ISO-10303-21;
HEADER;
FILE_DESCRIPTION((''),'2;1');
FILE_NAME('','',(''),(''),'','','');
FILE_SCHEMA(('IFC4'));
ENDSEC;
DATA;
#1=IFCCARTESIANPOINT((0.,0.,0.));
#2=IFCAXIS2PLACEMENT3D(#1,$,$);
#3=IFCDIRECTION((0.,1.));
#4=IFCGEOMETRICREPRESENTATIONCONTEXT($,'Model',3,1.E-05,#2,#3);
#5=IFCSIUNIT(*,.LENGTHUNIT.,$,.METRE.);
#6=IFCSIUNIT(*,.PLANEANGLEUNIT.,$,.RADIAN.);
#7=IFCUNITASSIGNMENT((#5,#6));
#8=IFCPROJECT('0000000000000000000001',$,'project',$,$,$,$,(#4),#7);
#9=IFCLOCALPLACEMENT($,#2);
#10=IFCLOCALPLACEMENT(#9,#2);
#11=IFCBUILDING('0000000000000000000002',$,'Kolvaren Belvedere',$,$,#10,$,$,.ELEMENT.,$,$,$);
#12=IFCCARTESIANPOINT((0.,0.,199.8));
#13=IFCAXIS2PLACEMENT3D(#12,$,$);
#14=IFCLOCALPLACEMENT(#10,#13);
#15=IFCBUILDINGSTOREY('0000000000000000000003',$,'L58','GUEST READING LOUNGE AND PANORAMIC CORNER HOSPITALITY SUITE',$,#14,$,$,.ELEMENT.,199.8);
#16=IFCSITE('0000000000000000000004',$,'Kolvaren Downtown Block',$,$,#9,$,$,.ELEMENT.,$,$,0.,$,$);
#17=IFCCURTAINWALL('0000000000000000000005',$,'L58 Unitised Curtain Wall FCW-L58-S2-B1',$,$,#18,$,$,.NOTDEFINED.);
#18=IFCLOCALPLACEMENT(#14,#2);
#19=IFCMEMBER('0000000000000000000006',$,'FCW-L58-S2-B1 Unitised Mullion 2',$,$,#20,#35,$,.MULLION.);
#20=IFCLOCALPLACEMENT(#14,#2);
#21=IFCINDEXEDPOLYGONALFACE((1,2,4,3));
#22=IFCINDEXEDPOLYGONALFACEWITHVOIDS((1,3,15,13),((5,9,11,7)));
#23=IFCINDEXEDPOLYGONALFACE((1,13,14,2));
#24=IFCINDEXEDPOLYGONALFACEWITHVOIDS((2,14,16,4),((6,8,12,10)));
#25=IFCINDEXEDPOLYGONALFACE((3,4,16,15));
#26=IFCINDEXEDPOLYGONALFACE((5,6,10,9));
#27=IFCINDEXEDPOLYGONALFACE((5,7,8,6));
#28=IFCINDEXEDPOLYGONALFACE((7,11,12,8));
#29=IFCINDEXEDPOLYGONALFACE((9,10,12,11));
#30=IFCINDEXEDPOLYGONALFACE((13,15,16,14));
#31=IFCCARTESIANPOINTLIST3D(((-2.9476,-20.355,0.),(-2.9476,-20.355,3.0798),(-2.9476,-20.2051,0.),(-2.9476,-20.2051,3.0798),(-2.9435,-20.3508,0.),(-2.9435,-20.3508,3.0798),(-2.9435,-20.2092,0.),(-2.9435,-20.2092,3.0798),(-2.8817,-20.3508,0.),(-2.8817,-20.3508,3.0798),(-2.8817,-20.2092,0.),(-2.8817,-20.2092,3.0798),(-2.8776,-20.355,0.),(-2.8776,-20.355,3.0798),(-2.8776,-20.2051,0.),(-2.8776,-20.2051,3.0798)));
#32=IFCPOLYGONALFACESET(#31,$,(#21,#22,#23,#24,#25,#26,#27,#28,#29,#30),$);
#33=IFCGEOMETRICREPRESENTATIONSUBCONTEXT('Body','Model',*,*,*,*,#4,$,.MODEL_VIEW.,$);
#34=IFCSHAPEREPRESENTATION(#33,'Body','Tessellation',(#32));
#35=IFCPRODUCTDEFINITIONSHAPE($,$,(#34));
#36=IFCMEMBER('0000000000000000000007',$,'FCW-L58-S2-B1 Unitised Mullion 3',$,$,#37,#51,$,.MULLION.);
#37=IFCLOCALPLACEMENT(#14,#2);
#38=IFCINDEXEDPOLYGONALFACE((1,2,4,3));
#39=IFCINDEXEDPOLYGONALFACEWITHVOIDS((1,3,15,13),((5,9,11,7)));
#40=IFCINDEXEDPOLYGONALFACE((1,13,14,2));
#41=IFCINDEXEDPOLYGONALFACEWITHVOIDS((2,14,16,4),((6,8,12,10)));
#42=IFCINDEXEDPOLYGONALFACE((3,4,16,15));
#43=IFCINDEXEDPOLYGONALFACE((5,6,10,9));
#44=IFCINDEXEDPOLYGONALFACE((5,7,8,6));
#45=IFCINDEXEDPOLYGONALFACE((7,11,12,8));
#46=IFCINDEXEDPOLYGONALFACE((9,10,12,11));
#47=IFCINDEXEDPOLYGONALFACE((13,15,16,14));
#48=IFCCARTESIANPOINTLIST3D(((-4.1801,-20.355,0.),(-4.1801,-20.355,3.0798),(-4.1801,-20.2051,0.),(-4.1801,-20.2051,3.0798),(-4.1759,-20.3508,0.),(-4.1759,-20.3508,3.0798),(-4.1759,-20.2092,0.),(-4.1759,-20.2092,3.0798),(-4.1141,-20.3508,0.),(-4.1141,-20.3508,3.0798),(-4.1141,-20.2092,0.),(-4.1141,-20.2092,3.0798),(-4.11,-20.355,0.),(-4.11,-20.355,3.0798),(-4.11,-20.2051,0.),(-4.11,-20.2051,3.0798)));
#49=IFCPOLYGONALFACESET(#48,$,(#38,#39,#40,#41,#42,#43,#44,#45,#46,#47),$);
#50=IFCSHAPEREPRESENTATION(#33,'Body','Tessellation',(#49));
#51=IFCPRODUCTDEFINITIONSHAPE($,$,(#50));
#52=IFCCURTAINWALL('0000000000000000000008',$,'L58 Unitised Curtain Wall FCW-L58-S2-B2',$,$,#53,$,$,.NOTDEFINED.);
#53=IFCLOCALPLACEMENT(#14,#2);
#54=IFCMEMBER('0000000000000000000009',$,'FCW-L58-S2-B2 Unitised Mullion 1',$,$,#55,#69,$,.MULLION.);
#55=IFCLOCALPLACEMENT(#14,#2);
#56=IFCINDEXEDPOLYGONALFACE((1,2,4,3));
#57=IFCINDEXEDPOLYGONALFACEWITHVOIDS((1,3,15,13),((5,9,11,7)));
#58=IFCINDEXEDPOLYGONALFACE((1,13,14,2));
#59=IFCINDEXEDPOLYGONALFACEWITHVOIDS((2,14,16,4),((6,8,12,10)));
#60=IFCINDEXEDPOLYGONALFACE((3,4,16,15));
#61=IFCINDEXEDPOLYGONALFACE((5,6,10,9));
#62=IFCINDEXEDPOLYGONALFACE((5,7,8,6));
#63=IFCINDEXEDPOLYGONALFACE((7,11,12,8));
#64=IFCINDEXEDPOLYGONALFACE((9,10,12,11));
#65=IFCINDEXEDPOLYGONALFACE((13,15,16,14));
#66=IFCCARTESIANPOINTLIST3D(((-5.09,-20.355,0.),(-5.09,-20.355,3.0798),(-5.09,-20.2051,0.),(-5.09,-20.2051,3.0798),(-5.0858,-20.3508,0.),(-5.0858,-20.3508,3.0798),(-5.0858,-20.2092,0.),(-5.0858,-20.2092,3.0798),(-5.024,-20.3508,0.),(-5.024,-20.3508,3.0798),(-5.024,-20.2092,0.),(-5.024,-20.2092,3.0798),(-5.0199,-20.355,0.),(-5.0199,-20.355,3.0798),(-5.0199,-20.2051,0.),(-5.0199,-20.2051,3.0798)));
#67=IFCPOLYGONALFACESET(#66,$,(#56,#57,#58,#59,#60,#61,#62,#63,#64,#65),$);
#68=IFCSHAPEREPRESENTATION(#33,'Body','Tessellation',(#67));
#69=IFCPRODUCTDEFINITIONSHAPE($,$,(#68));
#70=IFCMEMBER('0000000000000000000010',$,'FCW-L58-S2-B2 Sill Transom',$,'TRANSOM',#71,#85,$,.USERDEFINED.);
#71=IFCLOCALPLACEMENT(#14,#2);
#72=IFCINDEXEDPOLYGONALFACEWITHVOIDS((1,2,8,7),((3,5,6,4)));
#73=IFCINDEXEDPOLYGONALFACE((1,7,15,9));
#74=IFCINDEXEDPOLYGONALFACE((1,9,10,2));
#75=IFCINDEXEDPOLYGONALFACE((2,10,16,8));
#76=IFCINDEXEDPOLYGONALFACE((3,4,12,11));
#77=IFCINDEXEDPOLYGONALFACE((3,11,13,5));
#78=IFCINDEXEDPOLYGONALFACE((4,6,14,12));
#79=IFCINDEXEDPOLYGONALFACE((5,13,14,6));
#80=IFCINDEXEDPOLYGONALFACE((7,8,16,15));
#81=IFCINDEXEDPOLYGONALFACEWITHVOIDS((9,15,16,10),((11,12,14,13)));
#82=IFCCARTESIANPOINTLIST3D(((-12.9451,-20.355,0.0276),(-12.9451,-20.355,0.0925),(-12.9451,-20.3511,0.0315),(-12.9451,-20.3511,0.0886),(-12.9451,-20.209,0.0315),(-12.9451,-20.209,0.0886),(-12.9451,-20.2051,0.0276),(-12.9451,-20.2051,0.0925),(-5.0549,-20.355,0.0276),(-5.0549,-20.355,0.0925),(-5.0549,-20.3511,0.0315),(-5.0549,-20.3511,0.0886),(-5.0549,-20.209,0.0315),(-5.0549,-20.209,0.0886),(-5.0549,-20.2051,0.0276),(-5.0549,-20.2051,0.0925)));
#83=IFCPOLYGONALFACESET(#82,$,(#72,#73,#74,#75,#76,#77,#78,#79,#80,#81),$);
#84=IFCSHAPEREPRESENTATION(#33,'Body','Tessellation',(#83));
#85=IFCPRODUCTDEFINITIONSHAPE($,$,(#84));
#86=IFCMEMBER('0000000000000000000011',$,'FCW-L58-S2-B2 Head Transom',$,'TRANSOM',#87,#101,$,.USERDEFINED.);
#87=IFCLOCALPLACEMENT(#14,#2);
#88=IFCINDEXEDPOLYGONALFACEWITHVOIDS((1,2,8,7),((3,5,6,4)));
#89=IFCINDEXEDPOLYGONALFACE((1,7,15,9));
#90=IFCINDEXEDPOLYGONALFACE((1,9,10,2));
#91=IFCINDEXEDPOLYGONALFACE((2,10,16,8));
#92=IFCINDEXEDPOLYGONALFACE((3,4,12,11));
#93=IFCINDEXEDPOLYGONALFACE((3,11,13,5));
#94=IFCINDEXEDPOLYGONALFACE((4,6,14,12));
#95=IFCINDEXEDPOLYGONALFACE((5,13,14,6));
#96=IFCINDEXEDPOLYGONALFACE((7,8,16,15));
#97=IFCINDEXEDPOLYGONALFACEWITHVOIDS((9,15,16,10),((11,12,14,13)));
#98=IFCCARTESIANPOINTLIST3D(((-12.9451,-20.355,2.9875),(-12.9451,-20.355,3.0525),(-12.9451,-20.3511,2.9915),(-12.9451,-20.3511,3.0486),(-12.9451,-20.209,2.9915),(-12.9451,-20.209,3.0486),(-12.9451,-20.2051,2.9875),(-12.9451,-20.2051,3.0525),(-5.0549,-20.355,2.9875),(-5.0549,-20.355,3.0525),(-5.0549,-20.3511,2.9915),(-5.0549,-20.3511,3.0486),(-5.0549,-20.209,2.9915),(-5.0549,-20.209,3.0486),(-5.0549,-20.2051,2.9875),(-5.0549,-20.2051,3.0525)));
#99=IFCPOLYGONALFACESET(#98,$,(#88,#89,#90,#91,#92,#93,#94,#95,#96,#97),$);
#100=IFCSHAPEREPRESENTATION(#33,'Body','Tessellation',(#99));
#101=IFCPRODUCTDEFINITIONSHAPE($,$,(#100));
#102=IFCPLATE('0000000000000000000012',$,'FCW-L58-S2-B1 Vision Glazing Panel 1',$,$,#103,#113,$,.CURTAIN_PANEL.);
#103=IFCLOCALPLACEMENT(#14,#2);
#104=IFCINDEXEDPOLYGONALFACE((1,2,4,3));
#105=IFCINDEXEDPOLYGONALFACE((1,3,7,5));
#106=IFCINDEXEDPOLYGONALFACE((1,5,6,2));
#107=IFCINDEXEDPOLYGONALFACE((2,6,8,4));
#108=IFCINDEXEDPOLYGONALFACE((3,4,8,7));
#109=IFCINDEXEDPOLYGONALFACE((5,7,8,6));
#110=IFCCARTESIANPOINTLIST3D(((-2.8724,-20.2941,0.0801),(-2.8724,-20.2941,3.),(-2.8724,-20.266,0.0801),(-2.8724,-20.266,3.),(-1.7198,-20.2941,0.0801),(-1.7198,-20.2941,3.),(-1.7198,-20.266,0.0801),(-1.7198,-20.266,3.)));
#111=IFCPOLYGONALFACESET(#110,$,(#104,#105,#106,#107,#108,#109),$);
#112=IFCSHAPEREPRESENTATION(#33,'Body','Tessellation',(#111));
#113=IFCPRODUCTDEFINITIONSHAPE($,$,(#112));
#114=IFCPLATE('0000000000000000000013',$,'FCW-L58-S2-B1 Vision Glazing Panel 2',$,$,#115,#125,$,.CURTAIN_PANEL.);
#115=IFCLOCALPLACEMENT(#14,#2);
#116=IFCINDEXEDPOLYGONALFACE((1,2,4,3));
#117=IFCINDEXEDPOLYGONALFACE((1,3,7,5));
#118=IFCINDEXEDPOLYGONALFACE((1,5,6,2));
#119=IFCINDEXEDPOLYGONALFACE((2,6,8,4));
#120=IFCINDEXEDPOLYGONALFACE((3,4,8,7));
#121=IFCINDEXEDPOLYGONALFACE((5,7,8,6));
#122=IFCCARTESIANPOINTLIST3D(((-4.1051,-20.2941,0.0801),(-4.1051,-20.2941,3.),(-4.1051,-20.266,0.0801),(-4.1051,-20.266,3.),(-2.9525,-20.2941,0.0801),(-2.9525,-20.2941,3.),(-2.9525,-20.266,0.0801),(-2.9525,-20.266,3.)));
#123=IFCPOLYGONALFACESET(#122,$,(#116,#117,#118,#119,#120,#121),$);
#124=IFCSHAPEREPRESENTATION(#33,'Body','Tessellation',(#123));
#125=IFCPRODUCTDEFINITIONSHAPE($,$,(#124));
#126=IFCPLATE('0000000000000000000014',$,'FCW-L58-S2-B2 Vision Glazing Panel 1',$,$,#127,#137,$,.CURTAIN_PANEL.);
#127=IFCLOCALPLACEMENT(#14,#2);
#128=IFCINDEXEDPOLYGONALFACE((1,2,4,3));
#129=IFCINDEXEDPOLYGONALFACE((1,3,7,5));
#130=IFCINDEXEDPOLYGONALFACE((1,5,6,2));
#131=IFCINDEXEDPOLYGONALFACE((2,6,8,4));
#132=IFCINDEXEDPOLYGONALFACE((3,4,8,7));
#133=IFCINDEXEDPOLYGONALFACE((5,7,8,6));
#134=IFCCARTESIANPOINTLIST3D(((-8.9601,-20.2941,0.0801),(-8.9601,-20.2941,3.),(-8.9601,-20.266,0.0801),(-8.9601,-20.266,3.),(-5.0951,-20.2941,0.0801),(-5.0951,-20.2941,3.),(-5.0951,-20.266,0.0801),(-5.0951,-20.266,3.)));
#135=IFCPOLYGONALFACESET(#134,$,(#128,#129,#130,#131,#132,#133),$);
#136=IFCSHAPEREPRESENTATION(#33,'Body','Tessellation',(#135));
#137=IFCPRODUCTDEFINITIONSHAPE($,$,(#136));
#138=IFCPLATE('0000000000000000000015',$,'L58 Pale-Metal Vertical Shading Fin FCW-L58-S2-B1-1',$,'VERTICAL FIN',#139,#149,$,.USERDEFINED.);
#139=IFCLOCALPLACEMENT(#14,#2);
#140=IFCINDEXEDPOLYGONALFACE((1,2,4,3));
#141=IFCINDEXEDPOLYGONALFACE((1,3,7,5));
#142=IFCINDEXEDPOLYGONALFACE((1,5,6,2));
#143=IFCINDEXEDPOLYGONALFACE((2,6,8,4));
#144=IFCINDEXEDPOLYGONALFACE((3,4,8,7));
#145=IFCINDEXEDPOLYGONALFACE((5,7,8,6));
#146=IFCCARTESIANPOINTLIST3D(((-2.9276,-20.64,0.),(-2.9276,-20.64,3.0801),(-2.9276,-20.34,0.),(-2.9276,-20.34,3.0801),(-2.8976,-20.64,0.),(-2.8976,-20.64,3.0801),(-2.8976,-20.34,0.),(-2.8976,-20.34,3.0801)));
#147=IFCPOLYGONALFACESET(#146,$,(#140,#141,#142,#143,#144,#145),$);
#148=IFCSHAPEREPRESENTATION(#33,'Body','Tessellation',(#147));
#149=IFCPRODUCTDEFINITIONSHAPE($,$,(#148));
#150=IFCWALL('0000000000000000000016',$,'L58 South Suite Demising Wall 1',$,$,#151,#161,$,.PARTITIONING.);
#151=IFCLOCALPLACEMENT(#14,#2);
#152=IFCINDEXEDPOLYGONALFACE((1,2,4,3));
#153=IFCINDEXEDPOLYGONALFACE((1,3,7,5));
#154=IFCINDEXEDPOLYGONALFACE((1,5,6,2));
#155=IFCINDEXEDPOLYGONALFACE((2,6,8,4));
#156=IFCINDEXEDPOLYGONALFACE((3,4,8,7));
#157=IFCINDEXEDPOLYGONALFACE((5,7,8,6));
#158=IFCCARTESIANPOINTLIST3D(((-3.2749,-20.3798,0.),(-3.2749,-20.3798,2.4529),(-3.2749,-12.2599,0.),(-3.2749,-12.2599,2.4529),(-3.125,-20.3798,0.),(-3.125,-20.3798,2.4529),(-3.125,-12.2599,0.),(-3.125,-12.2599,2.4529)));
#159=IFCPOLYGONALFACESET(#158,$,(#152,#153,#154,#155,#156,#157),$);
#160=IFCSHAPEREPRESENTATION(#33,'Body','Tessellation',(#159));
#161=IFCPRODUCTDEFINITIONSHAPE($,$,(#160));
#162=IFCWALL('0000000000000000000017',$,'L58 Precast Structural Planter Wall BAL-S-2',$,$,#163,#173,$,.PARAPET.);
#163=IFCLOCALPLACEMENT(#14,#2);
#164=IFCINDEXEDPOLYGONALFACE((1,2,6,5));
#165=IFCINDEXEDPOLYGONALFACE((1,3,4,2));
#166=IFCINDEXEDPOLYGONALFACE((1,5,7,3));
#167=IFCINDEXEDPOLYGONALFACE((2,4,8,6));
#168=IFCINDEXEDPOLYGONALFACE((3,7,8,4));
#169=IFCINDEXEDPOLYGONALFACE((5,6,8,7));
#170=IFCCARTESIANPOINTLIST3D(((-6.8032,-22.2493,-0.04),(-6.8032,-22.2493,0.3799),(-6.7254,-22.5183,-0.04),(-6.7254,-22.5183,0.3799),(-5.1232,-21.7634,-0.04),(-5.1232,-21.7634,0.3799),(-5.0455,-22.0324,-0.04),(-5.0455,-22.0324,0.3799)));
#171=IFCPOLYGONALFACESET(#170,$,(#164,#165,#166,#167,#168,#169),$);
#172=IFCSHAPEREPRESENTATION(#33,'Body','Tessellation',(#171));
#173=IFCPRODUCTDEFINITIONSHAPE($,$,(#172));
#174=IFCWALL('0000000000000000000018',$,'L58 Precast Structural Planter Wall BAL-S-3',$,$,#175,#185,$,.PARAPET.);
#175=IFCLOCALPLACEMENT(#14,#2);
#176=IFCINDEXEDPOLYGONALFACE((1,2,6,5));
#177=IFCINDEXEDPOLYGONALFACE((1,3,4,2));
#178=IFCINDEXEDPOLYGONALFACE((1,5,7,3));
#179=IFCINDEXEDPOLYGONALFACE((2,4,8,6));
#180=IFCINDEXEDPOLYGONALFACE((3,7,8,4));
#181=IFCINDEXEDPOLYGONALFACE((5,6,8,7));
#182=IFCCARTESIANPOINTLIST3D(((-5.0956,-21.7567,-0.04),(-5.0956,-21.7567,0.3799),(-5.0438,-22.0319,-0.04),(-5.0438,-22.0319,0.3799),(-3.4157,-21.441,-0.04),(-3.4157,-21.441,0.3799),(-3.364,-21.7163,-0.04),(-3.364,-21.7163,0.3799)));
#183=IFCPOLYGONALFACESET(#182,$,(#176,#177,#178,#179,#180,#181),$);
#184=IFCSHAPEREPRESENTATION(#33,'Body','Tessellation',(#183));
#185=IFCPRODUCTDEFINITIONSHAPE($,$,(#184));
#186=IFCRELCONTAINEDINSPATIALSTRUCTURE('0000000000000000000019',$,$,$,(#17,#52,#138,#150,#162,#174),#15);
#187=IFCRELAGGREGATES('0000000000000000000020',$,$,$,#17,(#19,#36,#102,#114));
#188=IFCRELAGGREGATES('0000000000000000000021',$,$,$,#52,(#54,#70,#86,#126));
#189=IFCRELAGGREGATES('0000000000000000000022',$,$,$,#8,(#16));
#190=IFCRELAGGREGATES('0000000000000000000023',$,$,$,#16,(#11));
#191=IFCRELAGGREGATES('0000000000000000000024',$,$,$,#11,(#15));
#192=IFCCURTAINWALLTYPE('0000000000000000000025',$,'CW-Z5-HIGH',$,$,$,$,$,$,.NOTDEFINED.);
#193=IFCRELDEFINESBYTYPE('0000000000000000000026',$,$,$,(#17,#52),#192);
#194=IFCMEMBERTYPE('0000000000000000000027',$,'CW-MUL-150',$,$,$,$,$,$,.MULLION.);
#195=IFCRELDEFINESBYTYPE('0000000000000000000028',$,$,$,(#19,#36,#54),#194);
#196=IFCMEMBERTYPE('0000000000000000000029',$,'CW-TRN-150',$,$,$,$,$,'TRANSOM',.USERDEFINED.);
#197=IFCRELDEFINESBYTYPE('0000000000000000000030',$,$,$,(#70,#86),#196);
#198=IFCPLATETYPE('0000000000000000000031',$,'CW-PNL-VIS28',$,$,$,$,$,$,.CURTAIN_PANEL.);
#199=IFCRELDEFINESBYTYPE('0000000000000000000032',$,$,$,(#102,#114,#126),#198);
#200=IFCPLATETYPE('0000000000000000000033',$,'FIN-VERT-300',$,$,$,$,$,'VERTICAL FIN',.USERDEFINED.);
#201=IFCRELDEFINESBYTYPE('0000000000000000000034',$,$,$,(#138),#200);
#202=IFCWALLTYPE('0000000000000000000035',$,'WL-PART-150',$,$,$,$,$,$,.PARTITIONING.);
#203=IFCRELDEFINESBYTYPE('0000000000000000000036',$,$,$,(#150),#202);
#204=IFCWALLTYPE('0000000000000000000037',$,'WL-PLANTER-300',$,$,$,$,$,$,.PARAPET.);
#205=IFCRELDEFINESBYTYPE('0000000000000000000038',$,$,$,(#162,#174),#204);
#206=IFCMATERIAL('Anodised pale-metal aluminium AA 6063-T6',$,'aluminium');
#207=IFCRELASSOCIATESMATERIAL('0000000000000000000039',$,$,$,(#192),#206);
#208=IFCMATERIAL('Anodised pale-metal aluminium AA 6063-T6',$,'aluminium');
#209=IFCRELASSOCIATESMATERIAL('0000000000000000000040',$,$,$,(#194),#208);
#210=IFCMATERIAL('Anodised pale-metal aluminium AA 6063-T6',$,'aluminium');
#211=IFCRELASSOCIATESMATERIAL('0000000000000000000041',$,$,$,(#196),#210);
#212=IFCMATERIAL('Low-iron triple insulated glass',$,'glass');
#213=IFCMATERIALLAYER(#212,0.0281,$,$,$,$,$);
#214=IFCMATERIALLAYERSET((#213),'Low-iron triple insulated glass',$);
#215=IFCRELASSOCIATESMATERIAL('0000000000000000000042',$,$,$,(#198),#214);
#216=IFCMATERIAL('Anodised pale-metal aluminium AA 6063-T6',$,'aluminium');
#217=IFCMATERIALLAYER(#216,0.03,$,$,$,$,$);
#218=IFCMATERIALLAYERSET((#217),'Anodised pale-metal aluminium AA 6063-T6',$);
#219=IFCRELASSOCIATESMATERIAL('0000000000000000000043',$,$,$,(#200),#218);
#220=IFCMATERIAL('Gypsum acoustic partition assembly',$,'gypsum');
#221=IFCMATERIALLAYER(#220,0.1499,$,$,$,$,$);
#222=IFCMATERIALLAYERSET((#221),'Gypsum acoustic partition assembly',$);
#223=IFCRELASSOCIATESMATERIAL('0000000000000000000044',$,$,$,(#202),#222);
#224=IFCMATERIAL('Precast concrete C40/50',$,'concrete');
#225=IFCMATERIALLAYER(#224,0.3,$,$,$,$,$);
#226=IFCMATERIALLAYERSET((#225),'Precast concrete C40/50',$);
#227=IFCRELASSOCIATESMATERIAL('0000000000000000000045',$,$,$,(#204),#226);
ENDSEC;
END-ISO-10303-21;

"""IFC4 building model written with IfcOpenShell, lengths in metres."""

from ifc_helpers import new_model, si_unit, direction, frame, frame_2d, origin, origin_2d, place, context, subcontext, project, spatial, rectangle, hollow_rectangle, extrude, material, layer, layer_set, material_profile, profile_set, type_object, element, aggregate, save


model = new_model("IFC4")

# Units and contexts
model_context = context("Model", 3, precision=1e-05, world=origin(), true_north=direction((0.0, 1.0)))
body_context = subcontext(model_context, "Body", "Model", "MODEL_VIEW")
ifc_project = project(units=[si_unit("LENGTHUNIT", "METRE"), si_unit("PLANEANGLEUNIT", "RADIAN")], contexts=[model_context])

# Site, building, storey
site_placement = place(None, origin())
site = spatial("IfcSite", under=ifc_project, at=site_placement, Name="Kolvaren Downtown Block", CompositionType="ELEMENT", RefElevation=0.0)
building_placement = place(site_placement, origin())
building = spatial("IfcBuilding", under=site, at=building_placement, Name="Kolvaren Belvedere", CompositionType="ELEMENT")
storey_placement = place(building_placement, frame((0.0, 0.0, 199.8)))
storey = spatial("IfcBuildingStorey", under=building, at=storey_placement, Name="L58", Description="GUEST READING LOUNGE AND PANORAMIC CORNER HOSPITALITY SUITE", CompositionType="ELEMENT", Elevation=199.8)

# Curtain walls, members
ifc_material_1 = material(Name="Anodised pale-metal aluminium AA 6063-T6", Category="aluminium")
curtain_wall_type = type_object("IfcCurtainWallType", Name="CW-Z5-HIGH", PredefinedType="NOTDEFINED", material=ifc_material_1)
curtain_wall_1_placement = place(storey_placement, origin())
curtain_wall_1 = element("IfcCurtainWall", 1, at=curtain_wall_1_placement, inside=storey, type_object=curtain_wall_type, Name="L58 Unitised Curtain Wall FCW-L58-S2-B1", PredefinedType="NOTDEFINED")
ifc_material_2 = material(Name="Anodised pale-metal aluminium AA 6063-T6", Category="aluminium")
ifc_material_profile_1 = material_profile(ifc_material_2, hollow_rectangle(XDim=0.0701, YDim=0.1499, WallThickness=0.0042, at=origin_2d()), Name="ALU-MUL-150X70")
ifc_profile_set_1 = profile_set([ifc_material_profile_1], Name="Anodised pale-metal aluminium AA 6063-T6")
member_type_1 = type_object("IfcMemberType", Name="CW-MUL-150", PredefinedType="MULLION", material=ifc_profile_set_1)
member_1_placement = place(storey_placement, frame((-2.9126, -20.28, 0.0), z_axis=(0.0, 0.0, 1.0), x_axis=(1.0, 0.0, 0.0)))
member_1 = element("IfcMember", 2, at=member_1_placement, type_object=member_type_1, Name="FCW-L58-S2-B1 Unitised Mullion 2", PredefinedType="MULLION", context=body_context, shape_type="SweptSolid", body=[
    extrude(hollow_rectangle(XDim=0.0701, YDim=0.1499, WallThickness=0.0042, at=origin_2d()), origin(), (0.0, 0.0, 1.0), 3.0798),
])
member_2_placement = place(storey_placement, frame((-4.145, -20.28, 0.0), z_axis=(0.0, 0.0, 1.0), x_axis=(1.0, 0.0, 0.0)))
member_2 = element("IfcMember", 3, at=member_2_placement, type_object=member_type_1, Name="FCW-L58-S2-B1 Unitised Mullion 3", PredefinedType="MULLION", context=body_context, shape_type="SweptSolid", body=[
    extrude(hollow_rectangle(XDim=0.0701, YDim=0.1499, WallThickness=0.0042, at=origin_2d()), origin(), (0.0, 0.0, 1.0), 3.0798),
])
curtain_wall_2_placement = place(storey_placement, origin())
curtain_wall_2 = element("IfcCurtainWall", 4, at=curtain_wall_2_placement, inside=storey, type_object=curtain_wall_type, Name="L58 Unitised Curtain Wall FCW-L58-S2-B2", PredefinedType="NOTDEFINED")
member_3_placement = place(storey_placement, frame((-5.0549, -20.28, 0.0), z_axis=(0.0, 0.0, 1.0), x_axis=(1.0, 0.0, 0.0)))
member_3 = element("IfcMember", 5, at=member_3_placement, type_object=member_type_1, Name="FCW-L58-S2-B2 Unitised Mullion 1", PredefinedType="MULLION", context=body_context, shape_type="SweptSolid", body=[
    extrude(hollow_rectangle(XDim=0.0701, YDim=0.1499, WallThickness=0.0042, at=origin_2d()), origin(), (0.0, 0.0, 1.0), 3.0798),
])
ifc_material_3 = material(Name="Anodised pale-metal aluminium AA 6063-T6", Category="aluminium")
ifc_material_profile_2 = material_profile(ifc_material_3, hollow_rectangle(XDim=0.0649, YDim=0.1499, WallThickness=0.0039, at=origin_2d()), Name="ALU-TRN-150X65")
ifc_profile_set_2 = profile_set([ifc_material_profile_2], Name="Anodised pale-metal aluminium AA 6063-T6")
member_type_2 = type_object("IfcMemberType", Name="CW-TRN-150", ElementType="TRANSOM", PredefinedType="USERDEFINED", material=ifc_profile_set_2)
member_4_placement = place(storey_placement, frame((-5.0549, -20.28, 0.0601), z_axis=(-1.0, 0.0, 0.0), x_axis=(0.0, 0.0, 1.0)))
member_4 = element("IfcMember", 6, at=member_4_placement, type_object=member_type_2, Name="FCW-L58-S2-B2 Sill Transom", ObjectType="TRANSOM", PredefinedType="USERDEFINED", context=body_context, shape_type="SweptSolid", body=[
    extrude(hollow_rectangle(XDim=0.0649, YDim=0.1499, WallThickness=0.0039, at=origin_2d()), origin(), (0.0, 0.0, 1.0), 7.8901),
])
member_5_placement = place(storey_placement, frame((-5.0549, -20.28, 3.02), z_axis=(-1.0, 0.0, 0.0), x_axis=(0.0, 0.0, 1.0)))
member_5 = element("IfcMember", 7, at=member_5_placement, type_object=member_type_2, Name="FCW-L58-S2-B2 Head Transom", ObjectType="TRANSOM", PredefinedType="USERDEFINED", context=body_context, shape_type="SweptSolid", body=[
    extrude(hollow_rectangle(XDim=0.0649, YDim=0.1499, WallThickness=0.0039, at=origin_2d()), origin(), (0.0, 0.0, 1.0), 7.8901),
])

# Plates
ifc_material_4 = material(Name="Low-iron triple insulated glass", Category="glass")
ifc_layer_1 = layer(ifc_material_4, 0.0281)
ifc_layer_set_1 = layer_set([ifc_layer_1], Name="Low-iron triple insulated glass")
plate_type_1 = type_object("IfcPlateType", Name="CW-PNL-VIS28", PredefinedType="CURTAIN_PANEL", material=ifc_layer_set_1)
plate_1_placement = place(storey_placement, frame((-2.2961, -20.28, 0.0801), z_axis=(0.0, 0.0, 1.0), x_axis=(-1.0, 0.0, 0.0)))
plate_1 = element("IfcPlate", 8, at=plate_1_placement, type_object=plate_type_1, Name="FCW-L58-S2-B1 Vision Glazing Panel 1", PredefinedType="CURTAIN_PANEL", context=body_context, shape_type="SweptSolid", body=[
    extrude(rectangle(XDim=1.1526, YDim=0.0281, at=origin_2d()), origin(), (0.0, 0.0, 1.0), 2.9199),
])
plate_2_placement = place(storey_placement, frame((-3.5288, -20.28, 0.0801), z_axis=(0.0, 0.0, 1.0), x_axis=(-1.0, 0.0, 0.0)))
plate_2 = element("IfcPlate", 9, at=plate_2_placement, type_object=plate_type_1, Name="FCW-L58-S2-B1 Vision Glazing Panel 2", PredefinedType="CURTAIN_PANEL", context=body_context, shape_type="SweptSolid", body=[
    extrude(rectangle(XDim=1.1526, YDim=0.0281, at=origin_2d()), origin(), (0.0, 0.0, 1.0), 2.9199),
])
aggregate(curtain_wall_1, [member_1, member_2, plate_1, plate_2])
plate_3_placement = place(storey_placement, frame((-7.0276, -20.28, 0.0801), z_axis=(0.0, 0.0, 1.0), x_axis=(-1.0, 0.0, 0.0)))
plate_3 = element("IfcPlate", 10, at=plate_3_placement, type_object=plate_type_1, Name="FCW-L58-S2-B2 Vision Glazing Panel 1", PredefinedType="CURTAIN_PANEL", context=body_context, shape_type="SweptSolid", body=[
    extrude(rectangle(XDim=3.865, YDim=0.0281, at=origin_2d()), origin(), (0.0, 0.0, 1.0), 2.9199),
])
aggregate(curtain_wall_2, [member_3, member_4, member_5, plate_3])
ifc_material_5 = material(Name="Anodised pale-metal aluminium AA 6063-T6", Category="aluminium")
ifc_layer_2 = layer(ifc_material_5, 0.03)
ifc_layer_set_2 = layer_set([ifc_layer_2], Name="Anodised pale-metal aluminium AA 6063-T6")
plate_type_2 = type_object("IfcPlateType", Name="FIN-VERT-300", ElementType="VERTICAL FIN", PredefinedType="USERDEFINED", material=ifc_layer_set_2)
plate_4_placement = place(storey_placement, frame((-2.9126, -20.49, 0.0), z_axis=(0.0, 0.0, 1.0), x_axis=(0.0, 1.0, 0.0)))
element("IfcPlate", 11, at=plate_4_placement, inside=storey, type_object=plate_type_2, Name="L58 Pale-Metal Vertical Shading Fin FCW-L58-S2-B1-1", ObjectType="VERTICAL FIN", PredefinedType="USERDEFINED", context=body_context, shape_type="SweptSolid", body=[
    extrude(rectangle(XDim=0.3, YDim=0.03, at=origin_2d()), origin(), (0.0, 0.0, 1.0), 3.0801),
])

# Walls
ifc_material_6 = material(Name="Gypsum acoustic partition assembly", Category="gypsum")
ifc_layer_3 = layer(ifc_material_6, 0.1499)
ifc_layer_set_3 = layer_set([ifc_layer_3], Name="Gypsum acoustic partition assembly")
wall_type_1 = type_object("IfcWallType", Name="WL-PART-150", PredefinedType="PARTITIONING", material=ifc_layer_set_3)
wall_1_placement = place(storey_placement, frame((-3.2, -20.3799, 0.0), z_axis=(0.0, 0.0, 1.0), x_axis=(0.0, 1.0, 0.0)))
element("IfcWall", 12, at=wall_1_placement, inside=storey, type_object=wall_type_1, Name="L58 South Suite Demising Wall 1", PredefinedType="PARTITIONING", context=body_context, shape_type="SweptSolid", body=[
    extrude(rectangle(XDim=8.1199, YDim=0.1499, at=frame_2d((4.0601, 0.0))), origin(), (0.0, 0.0, 1.0), 2.4529),
])
ifc_material_7 = material(Name="Precast concrete C40/50", Category="concrete")
ifc_layer_4 = layer(ifc_material_7, 0.3)
ifc_layer_set_4 = layer_set([ifc_layer_4], Name="Precast concrete C40/50")
wall_type_2 = type_object("IfcWallType", Name="WL-PLANTER-300", PredefinedType="PARAPET", material=ifc_layer_set_4)
wall_2_placement = place(storey_placement, frame((-6.7644, -22.3838, -0.04), z_axis=(0.0, 0.0, 1.0), x_axis=(0.960634, 0.277817, 0.0)))
element("IfcWall", 13, at=wall_2_placement, inside=storey, type_object=wall_type_2, Name="L58 Precast Structural Planter Wall BAL-S-2", PredefinedType="PARAPET", context=body_context, shape_type="SweptSolid", body=[
    extrude(rectangle(XDim=1.7488, YDim=0.28, at=frame_2d((0.8745, 0.0))), origin(), (0.0, 0.0, 1.0), 0.4199),
])
wall_3_placement = place(storey_placement, frame((-5.0696, -21.8943, -0.04), z_axis=(0.0, 0.0, 1.0), x_axis=(0.982799, 0.184677, 0.0)))
element("IfcWall", 14, at=wall_3_placement, inside=storey, type_object=wall_type_2, Name="L58 Precast Structural Planter Wall BAL-S-3", PredefinedType="PARAPET", context=body_context, shape_type="SweptSolid", body=[
    extrude(rectangle(XDim=1.7092, YDim=0.28, at=frame_2d((0.8545, 0.0))), origin(), (0.0, 0.0, 1.0), 0.4199),
])

save(model, "model.ifc")
